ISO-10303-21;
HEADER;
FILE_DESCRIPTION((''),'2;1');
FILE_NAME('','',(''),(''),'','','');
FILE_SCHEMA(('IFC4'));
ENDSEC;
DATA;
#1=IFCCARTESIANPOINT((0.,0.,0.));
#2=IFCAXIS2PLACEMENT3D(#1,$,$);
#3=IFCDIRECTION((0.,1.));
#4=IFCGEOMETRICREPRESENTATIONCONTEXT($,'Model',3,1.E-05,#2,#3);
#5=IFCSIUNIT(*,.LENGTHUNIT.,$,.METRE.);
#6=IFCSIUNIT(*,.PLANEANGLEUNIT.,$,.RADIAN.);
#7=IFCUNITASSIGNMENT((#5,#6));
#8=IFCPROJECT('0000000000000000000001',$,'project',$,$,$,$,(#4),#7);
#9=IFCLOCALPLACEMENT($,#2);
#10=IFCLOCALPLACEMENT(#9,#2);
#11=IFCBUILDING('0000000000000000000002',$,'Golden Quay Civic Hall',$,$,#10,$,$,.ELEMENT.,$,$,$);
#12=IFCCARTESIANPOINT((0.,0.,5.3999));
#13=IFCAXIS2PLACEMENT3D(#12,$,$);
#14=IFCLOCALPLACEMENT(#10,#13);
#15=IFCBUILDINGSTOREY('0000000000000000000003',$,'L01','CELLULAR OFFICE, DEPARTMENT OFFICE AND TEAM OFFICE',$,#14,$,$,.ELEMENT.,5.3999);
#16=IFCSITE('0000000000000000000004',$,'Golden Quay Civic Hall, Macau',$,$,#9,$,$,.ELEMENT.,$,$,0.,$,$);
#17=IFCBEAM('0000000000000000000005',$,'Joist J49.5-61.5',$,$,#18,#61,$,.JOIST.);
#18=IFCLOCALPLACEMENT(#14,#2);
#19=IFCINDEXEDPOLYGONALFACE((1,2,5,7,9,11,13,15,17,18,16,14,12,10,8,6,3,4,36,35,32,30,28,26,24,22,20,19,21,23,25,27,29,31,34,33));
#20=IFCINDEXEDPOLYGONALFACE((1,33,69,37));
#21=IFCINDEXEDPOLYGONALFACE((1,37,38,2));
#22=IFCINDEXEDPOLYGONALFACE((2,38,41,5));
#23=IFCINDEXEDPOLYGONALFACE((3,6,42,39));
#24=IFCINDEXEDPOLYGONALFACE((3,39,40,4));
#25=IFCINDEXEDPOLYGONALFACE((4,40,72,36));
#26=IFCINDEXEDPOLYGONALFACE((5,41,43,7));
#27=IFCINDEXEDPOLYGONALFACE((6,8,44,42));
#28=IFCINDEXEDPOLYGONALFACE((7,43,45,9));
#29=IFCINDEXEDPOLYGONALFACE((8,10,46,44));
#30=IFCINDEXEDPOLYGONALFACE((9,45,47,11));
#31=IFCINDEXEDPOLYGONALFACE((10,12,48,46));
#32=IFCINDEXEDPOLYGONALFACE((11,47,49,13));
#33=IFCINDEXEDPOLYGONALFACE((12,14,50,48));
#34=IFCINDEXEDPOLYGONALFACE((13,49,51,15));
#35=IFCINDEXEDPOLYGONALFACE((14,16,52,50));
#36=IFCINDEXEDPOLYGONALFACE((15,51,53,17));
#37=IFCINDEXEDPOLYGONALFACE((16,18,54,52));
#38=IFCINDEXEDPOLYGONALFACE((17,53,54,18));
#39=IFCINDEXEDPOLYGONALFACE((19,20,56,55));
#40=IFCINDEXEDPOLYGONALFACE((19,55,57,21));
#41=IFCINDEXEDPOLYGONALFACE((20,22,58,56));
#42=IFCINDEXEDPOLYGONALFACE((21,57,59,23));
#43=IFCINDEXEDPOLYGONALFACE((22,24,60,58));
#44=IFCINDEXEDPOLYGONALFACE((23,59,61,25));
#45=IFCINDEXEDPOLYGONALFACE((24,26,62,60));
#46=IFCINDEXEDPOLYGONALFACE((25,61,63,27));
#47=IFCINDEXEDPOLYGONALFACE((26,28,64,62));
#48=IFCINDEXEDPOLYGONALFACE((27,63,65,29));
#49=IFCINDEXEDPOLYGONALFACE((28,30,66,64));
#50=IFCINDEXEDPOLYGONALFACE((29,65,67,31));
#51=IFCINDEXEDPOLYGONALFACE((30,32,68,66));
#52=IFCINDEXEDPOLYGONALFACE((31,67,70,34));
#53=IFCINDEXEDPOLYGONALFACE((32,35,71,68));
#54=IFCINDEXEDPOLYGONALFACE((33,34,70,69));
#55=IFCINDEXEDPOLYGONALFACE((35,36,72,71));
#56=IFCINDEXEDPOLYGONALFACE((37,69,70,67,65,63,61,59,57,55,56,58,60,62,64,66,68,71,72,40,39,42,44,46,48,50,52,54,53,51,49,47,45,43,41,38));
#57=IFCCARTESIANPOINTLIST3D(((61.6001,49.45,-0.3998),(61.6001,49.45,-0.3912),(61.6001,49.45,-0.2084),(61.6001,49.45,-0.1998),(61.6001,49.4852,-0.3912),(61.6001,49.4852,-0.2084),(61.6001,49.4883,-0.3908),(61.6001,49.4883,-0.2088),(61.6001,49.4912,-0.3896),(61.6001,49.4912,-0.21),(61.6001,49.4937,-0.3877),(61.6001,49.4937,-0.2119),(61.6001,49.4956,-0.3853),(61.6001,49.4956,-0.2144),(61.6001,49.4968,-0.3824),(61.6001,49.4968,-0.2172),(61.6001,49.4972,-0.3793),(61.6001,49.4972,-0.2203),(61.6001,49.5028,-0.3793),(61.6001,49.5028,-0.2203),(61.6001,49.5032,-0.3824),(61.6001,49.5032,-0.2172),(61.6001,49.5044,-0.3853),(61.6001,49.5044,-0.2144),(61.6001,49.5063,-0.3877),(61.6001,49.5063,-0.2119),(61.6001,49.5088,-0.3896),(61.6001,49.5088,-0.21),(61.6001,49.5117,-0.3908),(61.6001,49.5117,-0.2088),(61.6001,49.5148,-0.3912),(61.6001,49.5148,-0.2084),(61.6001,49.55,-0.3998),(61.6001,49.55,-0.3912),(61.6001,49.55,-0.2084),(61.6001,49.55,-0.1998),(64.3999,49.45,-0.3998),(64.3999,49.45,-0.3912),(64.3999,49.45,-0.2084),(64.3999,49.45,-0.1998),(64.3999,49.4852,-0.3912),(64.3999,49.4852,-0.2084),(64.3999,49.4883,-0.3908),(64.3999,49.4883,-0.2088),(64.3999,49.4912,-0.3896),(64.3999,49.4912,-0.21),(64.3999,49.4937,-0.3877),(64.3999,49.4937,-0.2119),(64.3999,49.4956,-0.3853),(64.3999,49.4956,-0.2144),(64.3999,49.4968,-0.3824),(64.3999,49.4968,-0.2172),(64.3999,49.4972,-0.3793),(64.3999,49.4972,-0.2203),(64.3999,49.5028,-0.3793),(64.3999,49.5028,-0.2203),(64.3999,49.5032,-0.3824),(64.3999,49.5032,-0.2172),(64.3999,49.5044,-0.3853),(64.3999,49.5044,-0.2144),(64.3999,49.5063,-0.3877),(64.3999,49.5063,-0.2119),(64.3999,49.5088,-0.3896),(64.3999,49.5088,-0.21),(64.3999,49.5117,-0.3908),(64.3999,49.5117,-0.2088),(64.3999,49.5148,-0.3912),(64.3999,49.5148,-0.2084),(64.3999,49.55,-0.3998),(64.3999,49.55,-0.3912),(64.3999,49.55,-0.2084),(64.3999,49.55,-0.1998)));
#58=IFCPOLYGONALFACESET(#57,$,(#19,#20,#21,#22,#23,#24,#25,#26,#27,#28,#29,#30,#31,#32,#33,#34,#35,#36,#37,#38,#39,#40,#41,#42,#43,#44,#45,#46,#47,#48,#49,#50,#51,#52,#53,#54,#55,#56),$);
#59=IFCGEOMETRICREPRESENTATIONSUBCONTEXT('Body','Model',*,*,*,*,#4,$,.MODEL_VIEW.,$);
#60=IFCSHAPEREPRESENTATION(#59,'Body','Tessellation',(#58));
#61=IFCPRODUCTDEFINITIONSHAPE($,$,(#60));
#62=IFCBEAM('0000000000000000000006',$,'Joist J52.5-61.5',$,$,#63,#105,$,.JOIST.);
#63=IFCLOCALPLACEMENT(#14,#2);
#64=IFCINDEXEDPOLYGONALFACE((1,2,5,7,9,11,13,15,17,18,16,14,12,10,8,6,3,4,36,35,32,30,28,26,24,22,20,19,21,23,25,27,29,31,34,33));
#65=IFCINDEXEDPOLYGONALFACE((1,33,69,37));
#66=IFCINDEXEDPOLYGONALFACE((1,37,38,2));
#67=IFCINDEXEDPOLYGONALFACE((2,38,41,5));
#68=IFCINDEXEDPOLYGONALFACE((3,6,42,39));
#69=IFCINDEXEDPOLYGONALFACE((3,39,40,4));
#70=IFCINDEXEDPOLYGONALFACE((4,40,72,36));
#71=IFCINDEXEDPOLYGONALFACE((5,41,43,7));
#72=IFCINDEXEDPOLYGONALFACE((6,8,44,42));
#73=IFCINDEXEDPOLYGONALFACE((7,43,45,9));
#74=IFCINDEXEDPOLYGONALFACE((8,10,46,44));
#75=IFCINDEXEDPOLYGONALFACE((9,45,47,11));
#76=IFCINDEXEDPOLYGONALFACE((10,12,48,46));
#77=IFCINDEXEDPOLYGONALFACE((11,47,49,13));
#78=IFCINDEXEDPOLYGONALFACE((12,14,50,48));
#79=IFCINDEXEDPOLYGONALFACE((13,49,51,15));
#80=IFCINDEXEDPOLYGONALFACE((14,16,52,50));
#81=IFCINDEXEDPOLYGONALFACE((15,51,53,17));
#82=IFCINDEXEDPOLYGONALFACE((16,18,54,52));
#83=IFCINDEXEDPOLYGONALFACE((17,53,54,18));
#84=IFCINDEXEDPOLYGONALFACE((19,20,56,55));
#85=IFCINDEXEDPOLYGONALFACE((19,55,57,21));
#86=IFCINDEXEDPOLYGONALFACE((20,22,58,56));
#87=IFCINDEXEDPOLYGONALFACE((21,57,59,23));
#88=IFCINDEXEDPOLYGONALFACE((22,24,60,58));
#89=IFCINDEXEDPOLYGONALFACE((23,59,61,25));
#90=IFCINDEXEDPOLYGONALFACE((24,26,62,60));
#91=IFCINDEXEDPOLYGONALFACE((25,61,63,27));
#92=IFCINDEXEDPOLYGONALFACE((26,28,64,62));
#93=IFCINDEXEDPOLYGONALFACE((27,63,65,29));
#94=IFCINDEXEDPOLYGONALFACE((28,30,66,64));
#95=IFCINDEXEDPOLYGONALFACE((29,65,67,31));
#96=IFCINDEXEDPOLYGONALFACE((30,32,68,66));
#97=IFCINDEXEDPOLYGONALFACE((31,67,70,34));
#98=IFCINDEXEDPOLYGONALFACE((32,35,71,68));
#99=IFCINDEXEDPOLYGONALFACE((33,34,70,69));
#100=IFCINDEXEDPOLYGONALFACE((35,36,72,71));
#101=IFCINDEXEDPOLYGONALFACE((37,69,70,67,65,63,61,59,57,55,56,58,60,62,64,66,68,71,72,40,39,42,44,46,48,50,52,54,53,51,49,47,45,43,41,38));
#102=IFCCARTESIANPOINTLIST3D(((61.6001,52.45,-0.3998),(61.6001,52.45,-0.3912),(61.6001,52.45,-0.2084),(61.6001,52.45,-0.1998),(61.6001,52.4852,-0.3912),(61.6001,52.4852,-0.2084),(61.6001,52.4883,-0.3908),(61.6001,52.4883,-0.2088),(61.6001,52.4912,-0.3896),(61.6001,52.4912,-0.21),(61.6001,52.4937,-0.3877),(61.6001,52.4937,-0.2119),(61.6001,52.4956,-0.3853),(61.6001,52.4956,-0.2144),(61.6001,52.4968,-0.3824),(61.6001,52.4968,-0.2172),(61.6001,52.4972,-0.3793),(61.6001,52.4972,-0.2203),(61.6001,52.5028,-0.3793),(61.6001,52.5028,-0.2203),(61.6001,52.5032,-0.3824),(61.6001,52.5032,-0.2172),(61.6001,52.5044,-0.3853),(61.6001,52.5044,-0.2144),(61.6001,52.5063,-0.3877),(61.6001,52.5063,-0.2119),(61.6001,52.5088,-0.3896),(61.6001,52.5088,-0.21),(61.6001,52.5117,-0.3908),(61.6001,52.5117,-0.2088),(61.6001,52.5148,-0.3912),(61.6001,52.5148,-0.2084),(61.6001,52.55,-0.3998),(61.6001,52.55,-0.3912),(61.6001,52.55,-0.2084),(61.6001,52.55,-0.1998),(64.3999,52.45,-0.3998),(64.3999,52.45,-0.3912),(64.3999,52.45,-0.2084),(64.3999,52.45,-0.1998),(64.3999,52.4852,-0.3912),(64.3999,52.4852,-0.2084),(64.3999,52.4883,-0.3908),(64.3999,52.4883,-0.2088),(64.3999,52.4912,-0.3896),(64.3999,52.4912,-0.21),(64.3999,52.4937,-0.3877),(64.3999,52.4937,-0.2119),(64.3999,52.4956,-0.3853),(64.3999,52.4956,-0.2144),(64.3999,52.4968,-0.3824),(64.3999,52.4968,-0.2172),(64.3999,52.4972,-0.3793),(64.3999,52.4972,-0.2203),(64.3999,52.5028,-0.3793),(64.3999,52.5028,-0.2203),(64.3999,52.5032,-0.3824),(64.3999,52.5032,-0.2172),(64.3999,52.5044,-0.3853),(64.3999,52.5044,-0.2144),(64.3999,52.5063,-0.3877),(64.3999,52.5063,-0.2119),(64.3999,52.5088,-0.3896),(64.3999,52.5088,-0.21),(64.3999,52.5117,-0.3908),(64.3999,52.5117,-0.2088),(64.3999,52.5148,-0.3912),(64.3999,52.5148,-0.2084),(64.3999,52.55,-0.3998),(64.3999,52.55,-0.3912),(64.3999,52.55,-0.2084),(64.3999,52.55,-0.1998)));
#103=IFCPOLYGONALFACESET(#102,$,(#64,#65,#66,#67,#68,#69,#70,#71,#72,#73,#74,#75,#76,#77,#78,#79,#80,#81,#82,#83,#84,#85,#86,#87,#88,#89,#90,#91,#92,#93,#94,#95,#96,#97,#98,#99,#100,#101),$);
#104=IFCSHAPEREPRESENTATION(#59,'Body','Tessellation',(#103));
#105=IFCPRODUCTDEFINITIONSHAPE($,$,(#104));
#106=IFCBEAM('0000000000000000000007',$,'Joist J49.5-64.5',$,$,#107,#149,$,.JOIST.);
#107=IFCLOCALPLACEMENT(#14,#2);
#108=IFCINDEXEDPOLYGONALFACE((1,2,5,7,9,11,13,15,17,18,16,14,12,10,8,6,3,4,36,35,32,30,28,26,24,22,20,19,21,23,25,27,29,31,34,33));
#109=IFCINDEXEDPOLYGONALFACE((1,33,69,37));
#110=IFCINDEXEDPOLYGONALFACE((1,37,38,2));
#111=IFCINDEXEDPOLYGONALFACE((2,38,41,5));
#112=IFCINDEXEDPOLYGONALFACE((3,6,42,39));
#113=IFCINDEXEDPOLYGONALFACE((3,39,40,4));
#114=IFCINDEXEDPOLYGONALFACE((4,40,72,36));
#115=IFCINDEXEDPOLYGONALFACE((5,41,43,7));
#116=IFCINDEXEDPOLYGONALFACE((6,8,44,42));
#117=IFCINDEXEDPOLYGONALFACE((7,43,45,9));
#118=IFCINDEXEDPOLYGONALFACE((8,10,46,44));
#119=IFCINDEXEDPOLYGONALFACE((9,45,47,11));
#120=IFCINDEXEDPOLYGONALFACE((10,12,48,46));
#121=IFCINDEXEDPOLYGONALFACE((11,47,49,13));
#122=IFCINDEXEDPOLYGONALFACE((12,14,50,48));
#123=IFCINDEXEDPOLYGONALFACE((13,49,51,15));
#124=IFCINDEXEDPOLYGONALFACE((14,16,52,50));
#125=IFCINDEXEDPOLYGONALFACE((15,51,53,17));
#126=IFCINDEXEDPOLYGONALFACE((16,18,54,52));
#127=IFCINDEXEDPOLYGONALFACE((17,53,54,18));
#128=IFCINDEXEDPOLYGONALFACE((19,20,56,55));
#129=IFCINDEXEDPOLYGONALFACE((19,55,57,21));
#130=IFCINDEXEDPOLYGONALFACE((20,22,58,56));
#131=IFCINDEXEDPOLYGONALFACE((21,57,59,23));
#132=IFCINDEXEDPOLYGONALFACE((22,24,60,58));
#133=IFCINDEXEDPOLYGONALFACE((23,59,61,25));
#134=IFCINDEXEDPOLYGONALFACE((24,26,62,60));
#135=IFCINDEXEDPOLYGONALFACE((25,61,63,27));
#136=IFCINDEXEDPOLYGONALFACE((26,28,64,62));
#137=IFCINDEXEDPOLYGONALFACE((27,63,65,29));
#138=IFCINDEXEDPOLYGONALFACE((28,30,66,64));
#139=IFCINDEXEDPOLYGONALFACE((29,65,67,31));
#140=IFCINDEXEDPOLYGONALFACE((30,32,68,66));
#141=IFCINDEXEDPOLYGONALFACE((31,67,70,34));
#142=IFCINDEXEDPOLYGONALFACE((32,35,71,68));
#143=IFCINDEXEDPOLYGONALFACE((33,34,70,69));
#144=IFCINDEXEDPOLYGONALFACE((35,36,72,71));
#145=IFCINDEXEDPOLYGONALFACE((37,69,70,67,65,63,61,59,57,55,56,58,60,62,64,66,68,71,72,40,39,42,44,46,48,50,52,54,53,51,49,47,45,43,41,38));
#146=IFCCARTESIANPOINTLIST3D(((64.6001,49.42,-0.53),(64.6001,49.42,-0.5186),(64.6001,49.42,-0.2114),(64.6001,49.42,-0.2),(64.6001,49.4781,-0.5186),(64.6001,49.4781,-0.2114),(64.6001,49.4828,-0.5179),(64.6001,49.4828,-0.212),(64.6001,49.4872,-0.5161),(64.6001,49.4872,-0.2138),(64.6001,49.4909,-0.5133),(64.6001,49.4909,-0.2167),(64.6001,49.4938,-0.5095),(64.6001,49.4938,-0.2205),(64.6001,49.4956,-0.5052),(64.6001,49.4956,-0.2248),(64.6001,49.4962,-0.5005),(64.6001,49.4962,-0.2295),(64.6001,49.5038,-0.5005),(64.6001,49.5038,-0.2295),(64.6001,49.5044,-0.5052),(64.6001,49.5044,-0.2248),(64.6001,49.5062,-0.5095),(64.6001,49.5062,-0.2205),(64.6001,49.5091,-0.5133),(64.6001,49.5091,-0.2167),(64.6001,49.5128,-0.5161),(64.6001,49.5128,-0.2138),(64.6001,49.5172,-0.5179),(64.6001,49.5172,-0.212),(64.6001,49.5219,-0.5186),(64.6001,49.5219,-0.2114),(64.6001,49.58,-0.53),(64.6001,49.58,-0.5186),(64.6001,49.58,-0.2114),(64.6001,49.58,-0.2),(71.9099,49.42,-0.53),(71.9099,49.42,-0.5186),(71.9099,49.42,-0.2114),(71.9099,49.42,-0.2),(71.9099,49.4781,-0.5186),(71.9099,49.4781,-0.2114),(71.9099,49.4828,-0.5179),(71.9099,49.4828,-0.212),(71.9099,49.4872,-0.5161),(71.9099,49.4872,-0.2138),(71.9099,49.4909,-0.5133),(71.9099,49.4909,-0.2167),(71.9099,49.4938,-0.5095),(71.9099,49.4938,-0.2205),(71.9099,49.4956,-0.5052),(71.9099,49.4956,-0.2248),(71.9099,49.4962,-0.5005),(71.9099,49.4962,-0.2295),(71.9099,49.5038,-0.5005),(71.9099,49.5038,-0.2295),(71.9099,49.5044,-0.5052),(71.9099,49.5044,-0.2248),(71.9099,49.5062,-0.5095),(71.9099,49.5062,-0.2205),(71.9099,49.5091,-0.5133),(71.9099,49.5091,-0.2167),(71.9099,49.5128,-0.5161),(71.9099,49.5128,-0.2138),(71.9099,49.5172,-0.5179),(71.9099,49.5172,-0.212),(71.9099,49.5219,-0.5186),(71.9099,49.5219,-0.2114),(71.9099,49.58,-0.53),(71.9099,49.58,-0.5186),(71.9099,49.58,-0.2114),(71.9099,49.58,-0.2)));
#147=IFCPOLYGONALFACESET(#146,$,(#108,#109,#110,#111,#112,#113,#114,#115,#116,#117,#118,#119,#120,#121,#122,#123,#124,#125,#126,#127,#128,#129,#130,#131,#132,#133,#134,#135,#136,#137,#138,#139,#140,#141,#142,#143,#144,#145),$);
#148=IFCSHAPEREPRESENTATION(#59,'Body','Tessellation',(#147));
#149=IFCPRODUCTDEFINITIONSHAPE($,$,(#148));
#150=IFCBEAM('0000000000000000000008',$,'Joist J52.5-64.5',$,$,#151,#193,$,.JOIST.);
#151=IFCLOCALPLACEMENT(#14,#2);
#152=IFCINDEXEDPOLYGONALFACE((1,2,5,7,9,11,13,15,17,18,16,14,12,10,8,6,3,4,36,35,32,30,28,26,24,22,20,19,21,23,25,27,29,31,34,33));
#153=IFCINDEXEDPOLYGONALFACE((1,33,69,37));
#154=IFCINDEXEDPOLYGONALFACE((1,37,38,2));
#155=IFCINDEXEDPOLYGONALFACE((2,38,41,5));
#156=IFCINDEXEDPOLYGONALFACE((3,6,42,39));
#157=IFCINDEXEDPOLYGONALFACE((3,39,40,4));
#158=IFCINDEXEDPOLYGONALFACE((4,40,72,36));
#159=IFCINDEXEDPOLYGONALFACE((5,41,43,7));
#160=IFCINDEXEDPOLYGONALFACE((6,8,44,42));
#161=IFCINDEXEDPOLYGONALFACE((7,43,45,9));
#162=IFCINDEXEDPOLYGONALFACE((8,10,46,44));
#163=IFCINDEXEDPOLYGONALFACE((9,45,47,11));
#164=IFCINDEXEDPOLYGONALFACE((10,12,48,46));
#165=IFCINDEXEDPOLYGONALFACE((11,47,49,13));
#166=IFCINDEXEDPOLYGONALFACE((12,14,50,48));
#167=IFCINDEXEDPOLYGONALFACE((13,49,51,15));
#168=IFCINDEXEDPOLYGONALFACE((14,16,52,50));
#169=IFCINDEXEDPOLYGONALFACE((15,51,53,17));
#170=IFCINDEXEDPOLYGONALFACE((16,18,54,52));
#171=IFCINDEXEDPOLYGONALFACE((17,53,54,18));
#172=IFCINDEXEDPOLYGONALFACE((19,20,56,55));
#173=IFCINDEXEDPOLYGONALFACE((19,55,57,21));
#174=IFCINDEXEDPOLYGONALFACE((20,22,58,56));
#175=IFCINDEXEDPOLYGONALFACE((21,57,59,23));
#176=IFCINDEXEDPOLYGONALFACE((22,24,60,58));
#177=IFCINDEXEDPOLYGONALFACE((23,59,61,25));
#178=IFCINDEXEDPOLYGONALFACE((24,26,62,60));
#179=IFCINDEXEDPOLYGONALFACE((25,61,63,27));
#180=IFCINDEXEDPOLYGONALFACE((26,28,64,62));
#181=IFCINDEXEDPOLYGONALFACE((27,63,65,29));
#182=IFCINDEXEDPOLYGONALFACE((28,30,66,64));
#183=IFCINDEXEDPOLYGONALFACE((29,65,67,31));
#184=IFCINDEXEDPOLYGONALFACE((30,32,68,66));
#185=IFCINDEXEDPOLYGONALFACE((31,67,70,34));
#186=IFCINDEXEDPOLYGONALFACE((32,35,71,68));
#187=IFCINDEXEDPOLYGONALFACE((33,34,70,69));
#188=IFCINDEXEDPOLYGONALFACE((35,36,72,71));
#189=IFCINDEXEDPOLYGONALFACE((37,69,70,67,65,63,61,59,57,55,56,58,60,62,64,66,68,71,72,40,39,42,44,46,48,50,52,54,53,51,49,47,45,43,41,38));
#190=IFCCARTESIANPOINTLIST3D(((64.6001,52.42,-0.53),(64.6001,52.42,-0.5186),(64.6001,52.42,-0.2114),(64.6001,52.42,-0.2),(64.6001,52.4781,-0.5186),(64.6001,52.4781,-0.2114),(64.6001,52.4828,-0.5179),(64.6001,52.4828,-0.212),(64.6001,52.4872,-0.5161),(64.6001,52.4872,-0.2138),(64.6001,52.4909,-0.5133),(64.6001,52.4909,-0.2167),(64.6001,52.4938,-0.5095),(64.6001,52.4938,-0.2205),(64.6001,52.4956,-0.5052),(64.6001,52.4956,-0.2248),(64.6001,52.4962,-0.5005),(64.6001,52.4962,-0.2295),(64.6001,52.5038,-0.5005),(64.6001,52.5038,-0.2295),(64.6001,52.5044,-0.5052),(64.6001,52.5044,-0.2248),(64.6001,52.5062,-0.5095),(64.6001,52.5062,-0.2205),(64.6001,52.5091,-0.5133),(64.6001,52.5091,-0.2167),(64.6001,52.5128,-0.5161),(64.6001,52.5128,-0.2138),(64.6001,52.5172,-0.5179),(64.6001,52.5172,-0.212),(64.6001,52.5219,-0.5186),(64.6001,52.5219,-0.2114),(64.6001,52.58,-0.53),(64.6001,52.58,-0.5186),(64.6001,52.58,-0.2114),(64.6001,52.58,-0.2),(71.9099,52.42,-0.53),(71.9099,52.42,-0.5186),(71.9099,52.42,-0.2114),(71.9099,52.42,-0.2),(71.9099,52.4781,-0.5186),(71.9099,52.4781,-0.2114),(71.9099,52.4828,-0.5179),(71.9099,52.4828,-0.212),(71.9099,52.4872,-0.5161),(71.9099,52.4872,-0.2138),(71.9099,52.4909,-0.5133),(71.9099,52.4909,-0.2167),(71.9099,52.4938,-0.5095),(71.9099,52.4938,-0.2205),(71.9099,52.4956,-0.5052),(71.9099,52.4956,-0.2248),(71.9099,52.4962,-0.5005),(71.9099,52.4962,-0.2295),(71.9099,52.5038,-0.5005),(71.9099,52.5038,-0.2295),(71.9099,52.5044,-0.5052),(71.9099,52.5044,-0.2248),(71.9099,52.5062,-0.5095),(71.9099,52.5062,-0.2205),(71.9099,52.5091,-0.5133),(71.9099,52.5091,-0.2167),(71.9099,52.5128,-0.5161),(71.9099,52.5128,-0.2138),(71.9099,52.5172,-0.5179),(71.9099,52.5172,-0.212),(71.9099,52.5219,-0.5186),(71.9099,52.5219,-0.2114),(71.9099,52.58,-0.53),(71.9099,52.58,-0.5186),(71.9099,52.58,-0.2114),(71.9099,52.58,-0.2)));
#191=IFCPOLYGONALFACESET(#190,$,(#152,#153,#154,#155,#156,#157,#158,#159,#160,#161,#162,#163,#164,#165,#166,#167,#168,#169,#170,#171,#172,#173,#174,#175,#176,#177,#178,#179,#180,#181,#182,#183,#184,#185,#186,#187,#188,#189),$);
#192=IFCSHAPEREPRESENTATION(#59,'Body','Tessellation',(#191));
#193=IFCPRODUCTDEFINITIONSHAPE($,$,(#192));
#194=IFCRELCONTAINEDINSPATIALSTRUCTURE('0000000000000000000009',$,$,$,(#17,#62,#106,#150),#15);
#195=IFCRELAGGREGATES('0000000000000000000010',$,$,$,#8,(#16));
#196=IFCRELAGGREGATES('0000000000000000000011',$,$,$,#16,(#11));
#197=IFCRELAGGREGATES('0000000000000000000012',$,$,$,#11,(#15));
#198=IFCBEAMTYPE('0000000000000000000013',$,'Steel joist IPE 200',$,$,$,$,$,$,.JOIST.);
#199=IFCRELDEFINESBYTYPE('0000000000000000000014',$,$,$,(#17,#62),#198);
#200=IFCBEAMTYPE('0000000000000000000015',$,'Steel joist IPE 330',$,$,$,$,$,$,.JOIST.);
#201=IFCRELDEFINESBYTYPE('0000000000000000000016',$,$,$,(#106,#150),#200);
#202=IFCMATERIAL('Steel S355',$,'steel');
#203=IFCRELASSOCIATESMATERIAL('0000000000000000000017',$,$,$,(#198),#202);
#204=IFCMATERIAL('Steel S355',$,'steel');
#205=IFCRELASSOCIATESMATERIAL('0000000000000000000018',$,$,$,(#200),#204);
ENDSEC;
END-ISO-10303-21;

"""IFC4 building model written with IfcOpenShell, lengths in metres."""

from ifc_helpers import new_model, si_unit, direction, frame, origin, origin_2d, place, context, subcontext, project, spatial, i_section, extrude, material, material_profile, profile_set, type_object, element, save


model = new_model("IFC4")

# Units and contexts
model_context = context("Model", 3, precision=1e-05, world=origin(), true_north=direction((0.0, 1.0)))
body_context = subcontext(model_context, "Body", "Model", "MODEL_VIEW")
ifc_project = project(units=[si_unit("LENGTHUNIT", "METRE"), si_unit("PLANEANGLEUNIT", "RADIAN")], contexts=[model_context])

# Site, building, storey
site_placement = place(None, origin())
site = spatial("IfcSite", under=ifc_project, at=site_placement, Name="Golden Quay Civic Hall, Macau", CompositionType="ELEMENT", RefElevation=0.0)
building_placement = place(site_placement, origin())
building = spatial("IfcBuilding", under=site, at=building_placement, Name="Golden Quay Civic Hall", CompositionType="ELEMENT")
storey_placement = place(building_placement, frame((0.0, 0.0, 5.3999)))
storey = spatial("IfcBuildingStorey", under=building, at=storey_placement, Name="L01", Description="CELLULAR OFFICE, DEPARTMENT OFFICE AND TEAM OFFICE", CompositionType="ELEMENT", Elevation=5.3999)

# Beams
ifc_material_1 = material(Name="Steel S355", Category="steel")
ifc_material_profile_1 = material_profile(ifc_material_1, i_section(OverallWidth=0.1001, OverallDepth=0.2, WebThickness=0.0056, FlangeThickness=0.0085, FilletRadius=0.012, at=origin_2d()), Name="IPE 200")
ifc_profile_set_1 = profile_set([ifc_material_profile_1], Name="Steel S355")
beam_type_1 = type_object("IfcBeamType", Name="Steel joist IPE 200", PredefinedType="JOIST", material=ifc_profile_set_1)
for number, where, z_axis, x_axis, name in (
    (1, (61.6001, 49.5, -0.2998), (1.0, 0.0, 0.0), (0.0, 1.0, 0.0), "Joist J49.5-61.5"),
    (2, (61.6001, 52.5, -0.2998), (1.0, 0.0, 0.0), (0.0, 1.0, 0.0), "Joist J52.5-61.5"),
):
    element("IfcBeam", number, at=place(storey_placement, frame(where, z_axis=z_axis, x_axis=x_axis)), inside=storey, type_object=beam_type_1, Name=name, PredefinedType="JOIST", context=body_context, shape_type="SweptSolid", body=[
        extrude(i_section(OverallWidth=0.1001, OverallDepth=0.2, WebThickness=0.0056, FlangeThickness=0.0085, FilletRadius=0.012, at=origin_2d()), origin(), (0.0, 0.0, 1.0), 2.7998),
    ])
ifc_material_2 = material(Name="Steel S355", Category="steel")
ifc_material_profile_2 = material_profile(ifc_material_2, i_section(OverallWidth=0.1599, OverallDepth=0.3301, WebThickness=0.0076, FlangeThickness=0.0115, FilletRadius=0.0181, at=origin_2d()), Name="IPE 330")
ifc_profile_set_2 = profile_set([ifc_material_profile_2], Name="Steel S355")
beam_type_2 = type_object("IfcBeamType", Name="Steel joist IPE 330", PredefinedType="JOIST", material=ifc_profile_set_2)
for number, where, z_axis, x_axis, name in (
    (3, (64.6001, 49.5, -0.365), (1.0, 0.0, 0.0), (0.0, 1.0, 0.0), "Joist J49.5-64.5"),
    (4, (64.6001, 52.5, -0.365), (1.0, 0.0, 0.0), (0.0, 1.0, 0.0), "Joist J52.5-64.5"),
):
    element("IfcBeam", number, at=place(storey_placement, frame(where, z_axis=z_axis, x_axis=x_axis)), inside=storey, type_object=beam_type_2, Name=name, PredefinedType="JOIST", context=body_context, shape_type="SweptSolid", body=[
        extrude(i_section(OverallWidth=0.1599, OverallDepth=0.3301, WebThickness=0.0076, FlangeThickness=0.0115, FilletRadius=0.0181, at=origin_2d()), origin(), (0.0, 0.0, 1.0), 7.3098),
    ])

save(model, "model.ifc")
